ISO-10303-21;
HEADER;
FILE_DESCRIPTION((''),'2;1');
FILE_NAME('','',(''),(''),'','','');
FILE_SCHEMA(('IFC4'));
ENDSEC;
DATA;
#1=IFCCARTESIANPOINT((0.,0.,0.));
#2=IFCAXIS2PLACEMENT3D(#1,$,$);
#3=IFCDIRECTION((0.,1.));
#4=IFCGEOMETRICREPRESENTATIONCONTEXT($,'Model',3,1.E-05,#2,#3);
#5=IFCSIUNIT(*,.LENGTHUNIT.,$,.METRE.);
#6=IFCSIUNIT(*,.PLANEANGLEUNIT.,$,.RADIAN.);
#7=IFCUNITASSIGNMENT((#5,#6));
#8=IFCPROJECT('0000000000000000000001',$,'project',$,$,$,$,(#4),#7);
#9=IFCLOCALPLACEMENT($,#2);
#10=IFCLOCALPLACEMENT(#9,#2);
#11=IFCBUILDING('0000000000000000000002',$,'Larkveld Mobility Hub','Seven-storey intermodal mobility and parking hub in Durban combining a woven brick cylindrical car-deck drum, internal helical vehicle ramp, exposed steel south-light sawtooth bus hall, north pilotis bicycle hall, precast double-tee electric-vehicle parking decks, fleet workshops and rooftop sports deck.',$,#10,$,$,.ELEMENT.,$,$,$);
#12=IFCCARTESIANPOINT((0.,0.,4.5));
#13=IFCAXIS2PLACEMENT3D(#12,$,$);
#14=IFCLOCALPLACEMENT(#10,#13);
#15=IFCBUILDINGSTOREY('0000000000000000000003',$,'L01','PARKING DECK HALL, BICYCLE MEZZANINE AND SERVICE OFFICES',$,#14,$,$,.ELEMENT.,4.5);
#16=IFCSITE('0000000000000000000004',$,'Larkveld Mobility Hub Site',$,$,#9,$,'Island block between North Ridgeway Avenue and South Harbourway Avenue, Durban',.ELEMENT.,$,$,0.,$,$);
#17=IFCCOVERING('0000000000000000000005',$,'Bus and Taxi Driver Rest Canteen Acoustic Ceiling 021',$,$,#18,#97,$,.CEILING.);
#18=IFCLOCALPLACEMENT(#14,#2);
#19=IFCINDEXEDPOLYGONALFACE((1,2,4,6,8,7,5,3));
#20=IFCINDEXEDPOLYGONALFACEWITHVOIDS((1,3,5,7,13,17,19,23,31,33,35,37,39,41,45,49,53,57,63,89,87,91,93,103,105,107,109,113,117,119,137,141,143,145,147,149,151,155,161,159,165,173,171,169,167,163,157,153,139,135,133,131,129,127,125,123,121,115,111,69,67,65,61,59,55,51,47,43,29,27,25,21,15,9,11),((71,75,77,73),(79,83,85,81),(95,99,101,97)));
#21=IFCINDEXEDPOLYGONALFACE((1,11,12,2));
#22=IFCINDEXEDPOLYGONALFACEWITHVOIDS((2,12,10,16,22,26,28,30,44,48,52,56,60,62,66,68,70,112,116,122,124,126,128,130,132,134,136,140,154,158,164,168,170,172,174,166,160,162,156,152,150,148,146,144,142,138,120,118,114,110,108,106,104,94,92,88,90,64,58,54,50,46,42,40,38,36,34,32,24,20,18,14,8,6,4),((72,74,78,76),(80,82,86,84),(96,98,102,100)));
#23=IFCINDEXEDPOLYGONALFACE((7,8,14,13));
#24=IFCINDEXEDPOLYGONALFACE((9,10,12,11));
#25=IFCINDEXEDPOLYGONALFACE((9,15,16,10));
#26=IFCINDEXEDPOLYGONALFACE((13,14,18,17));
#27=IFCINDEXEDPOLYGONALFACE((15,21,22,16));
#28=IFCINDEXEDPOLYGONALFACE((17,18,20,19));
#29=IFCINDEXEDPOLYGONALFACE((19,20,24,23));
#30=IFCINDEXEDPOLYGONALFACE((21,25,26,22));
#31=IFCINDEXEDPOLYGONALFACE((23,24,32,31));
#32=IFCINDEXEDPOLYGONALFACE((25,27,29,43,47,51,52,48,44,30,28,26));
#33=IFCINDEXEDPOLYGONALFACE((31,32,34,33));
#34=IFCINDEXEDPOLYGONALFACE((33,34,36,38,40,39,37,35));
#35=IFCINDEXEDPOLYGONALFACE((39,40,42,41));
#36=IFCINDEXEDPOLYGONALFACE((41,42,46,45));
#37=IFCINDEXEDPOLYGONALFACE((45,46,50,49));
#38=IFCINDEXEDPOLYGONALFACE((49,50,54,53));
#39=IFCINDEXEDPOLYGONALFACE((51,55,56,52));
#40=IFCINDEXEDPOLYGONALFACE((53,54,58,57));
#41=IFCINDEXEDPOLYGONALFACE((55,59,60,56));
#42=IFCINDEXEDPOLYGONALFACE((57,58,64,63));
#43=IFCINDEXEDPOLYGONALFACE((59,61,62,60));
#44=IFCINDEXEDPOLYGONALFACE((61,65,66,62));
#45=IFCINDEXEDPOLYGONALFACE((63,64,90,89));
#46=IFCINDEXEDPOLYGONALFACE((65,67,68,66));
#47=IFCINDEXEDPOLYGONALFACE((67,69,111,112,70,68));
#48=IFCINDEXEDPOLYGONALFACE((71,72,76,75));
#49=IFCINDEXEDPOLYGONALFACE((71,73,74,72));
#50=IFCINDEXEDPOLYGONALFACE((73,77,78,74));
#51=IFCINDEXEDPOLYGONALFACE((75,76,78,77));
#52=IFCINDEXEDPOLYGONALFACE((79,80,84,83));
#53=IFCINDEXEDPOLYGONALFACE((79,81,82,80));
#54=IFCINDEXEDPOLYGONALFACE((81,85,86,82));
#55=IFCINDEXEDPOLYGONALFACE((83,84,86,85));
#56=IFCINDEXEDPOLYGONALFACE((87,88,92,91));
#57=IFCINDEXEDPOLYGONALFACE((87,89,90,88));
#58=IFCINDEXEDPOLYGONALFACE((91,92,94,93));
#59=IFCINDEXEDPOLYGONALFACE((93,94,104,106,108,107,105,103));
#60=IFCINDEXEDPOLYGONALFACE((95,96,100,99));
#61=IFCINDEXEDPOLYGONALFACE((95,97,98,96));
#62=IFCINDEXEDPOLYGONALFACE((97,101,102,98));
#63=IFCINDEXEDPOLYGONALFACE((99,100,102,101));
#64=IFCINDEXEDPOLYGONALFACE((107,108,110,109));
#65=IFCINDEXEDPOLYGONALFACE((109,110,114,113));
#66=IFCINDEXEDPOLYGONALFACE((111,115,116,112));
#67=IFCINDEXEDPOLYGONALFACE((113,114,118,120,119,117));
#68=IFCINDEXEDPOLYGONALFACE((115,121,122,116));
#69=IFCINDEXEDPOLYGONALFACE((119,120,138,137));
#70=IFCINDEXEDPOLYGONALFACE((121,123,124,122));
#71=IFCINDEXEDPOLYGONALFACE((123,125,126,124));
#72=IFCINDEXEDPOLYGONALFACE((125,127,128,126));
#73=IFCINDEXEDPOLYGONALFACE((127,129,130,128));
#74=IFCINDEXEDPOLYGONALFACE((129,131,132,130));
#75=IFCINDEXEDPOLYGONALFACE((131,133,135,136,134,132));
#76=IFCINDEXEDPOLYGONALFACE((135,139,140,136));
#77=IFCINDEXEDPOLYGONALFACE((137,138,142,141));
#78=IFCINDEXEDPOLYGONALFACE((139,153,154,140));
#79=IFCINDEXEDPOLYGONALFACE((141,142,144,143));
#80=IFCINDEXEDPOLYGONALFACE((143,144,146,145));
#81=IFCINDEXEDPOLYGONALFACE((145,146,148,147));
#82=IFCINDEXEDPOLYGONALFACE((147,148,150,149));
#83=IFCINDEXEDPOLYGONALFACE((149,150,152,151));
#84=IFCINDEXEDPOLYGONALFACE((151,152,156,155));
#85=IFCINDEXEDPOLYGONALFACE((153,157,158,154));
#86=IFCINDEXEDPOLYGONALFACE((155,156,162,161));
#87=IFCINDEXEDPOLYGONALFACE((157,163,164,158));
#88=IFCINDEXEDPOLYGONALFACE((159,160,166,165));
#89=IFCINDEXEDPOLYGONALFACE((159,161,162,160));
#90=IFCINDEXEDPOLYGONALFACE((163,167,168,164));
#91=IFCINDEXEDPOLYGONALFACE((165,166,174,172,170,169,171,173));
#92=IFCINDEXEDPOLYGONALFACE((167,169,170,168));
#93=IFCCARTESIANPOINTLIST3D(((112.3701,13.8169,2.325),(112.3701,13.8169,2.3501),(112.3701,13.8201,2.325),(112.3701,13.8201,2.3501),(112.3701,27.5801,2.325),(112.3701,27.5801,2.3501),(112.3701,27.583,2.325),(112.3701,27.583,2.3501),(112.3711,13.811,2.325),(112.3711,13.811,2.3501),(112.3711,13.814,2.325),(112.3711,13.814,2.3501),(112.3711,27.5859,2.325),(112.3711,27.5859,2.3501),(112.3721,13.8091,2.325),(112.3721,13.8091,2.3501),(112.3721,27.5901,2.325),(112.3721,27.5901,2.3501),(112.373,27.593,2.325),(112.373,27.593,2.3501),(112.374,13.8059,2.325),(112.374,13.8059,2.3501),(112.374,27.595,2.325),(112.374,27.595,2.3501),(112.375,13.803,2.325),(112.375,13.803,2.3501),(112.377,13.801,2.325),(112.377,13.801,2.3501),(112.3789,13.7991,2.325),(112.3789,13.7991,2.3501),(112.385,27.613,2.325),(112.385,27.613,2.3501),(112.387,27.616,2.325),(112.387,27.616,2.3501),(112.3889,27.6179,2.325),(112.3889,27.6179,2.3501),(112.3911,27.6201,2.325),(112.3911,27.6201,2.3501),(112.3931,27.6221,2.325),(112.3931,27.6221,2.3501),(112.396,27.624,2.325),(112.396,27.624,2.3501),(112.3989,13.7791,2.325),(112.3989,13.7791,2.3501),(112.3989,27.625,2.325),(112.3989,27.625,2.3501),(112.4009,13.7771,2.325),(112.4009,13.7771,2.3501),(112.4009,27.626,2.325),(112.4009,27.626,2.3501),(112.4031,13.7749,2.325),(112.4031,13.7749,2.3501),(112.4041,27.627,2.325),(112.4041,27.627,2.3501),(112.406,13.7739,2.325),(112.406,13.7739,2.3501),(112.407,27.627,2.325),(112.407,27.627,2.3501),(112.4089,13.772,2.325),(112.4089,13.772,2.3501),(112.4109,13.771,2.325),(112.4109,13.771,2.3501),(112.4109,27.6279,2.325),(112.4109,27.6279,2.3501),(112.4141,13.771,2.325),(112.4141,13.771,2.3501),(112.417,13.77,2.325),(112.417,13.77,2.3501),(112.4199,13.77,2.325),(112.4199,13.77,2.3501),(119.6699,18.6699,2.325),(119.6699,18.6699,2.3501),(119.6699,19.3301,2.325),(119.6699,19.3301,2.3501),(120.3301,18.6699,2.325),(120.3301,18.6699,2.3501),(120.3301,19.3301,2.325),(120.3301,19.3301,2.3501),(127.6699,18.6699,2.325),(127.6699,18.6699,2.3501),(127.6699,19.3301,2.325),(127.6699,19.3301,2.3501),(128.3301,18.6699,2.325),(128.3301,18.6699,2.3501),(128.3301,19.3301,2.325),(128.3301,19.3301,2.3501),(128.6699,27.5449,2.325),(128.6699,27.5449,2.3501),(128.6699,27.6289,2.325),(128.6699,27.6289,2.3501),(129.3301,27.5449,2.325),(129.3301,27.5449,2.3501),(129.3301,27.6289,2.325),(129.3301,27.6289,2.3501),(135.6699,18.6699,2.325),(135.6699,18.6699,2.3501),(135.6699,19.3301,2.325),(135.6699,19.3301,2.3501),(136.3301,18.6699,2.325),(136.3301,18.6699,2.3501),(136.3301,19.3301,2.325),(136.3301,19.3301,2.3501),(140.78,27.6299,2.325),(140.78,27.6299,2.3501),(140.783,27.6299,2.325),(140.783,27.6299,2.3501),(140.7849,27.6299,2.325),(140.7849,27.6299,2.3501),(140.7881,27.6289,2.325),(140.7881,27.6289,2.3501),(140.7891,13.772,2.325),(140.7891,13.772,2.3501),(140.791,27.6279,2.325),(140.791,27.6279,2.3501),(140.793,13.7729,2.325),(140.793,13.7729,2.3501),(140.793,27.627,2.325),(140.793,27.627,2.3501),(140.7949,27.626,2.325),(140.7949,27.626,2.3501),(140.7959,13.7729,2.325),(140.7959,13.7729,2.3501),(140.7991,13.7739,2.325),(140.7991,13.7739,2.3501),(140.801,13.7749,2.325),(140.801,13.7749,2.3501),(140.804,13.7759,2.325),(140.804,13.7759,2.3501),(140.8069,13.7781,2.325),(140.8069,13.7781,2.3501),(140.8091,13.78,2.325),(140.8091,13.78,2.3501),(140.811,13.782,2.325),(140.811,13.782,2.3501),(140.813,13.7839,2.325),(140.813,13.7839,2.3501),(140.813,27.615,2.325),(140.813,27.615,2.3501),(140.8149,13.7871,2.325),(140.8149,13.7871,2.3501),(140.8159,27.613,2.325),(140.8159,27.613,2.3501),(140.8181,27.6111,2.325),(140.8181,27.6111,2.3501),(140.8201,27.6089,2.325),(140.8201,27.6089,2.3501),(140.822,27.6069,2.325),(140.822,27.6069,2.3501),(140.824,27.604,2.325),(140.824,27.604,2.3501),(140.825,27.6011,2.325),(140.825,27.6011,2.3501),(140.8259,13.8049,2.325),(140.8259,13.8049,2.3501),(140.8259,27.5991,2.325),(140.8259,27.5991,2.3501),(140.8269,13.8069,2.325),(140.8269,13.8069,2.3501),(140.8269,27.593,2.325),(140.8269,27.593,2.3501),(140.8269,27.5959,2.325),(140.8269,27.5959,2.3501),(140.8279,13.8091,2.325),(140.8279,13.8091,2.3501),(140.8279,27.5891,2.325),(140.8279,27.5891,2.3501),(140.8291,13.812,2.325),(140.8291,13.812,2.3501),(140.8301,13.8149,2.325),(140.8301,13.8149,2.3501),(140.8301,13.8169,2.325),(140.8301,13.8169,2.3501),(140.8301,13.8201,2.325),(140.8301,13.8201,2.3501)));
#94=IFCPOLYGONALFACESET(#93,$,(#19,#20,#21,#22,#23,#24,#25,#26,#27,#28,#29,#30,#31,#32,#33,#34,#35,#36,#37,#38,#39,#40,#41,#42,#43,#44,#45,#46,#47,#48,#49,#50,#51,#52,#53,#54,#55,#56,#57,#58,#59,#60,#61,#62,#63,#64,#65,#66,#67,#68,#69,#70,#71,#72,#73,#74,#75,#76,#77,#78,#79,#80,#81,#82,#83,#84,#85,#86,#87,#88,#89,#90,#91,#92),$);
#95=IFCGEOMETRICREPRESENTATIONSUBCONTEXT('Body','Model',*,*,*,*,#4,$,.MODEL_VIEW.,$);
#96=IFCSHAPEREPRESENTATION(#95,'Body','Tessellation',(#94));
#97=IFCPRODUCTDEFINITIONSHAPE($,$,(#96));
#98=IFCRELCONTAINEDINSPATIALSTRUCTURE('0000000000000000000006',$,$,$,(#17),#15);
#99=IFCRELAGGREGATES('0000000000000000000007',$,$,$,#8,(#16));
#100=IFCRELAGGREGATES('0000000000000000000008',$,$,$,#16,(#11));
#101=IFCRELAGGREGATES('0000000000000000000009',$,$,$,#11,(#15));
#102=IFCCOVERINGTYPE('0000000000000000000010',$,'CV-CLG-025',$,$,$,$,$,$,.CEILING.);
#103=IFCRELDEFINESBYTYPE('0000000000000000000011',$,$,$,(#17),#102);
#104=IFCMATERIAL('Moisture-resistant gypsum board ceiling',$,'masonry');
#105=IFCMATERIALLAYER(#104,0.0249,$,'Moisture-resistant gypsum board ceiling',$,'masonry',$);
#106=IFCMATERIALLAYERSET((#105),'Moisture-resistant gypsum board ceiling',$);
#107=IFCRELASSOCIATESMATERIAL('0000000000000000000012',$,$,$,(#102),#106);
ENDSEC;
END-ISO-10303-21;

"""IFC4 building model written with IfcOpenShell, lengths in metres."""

from ifc_helpers import new_model, si_unit, direction, frame, origin, place, context, subcontext, project, spatial, polyline, outline, extrude, material, layer, layer_set, type_object, element, save


model = new_model("IFC4")

# Units and contexts
model_context = context("Model", 3, precision=1e-05, world=origin(), true_north=direction((0.0, 1.0)))
body_context = subcontext(model_context, "Body", "Model", "MODEL_VIEW")
ifc_project = project(units=[si_unit("LENGTHUNIT", "METRE"), si_unit("PLANEANGLEUNIT", "RADIAN")], contexts=[model_context])

# Site, building, storey
site_placement = place(None, origin())
site = spatial("IfcSite", under=ifc_project, at=site_placement, Name="Larkveld Mobility Hub Site", LongName="Island block between North Ridgeway Avenue and South Harbourway Avenue, Durban", CompositionType="ELEMENT", RefElevation=0.0)
building_placement = place(site_placement, origin())
building = spatial("IfcBuilding", under=site, at=building_placement, Name="Larkveld Mobility Hub", Description="Seven-storey intermodal mobility and parking hub in Durban combining a woven brick cylindrical car-deck drum, internal helical vehicle ramp, exposed steel south-light sawtooth bus hall, north pilotis bicycle hall, precast double-tee electric-vehicle parking decks, fleet workshops and rooftop sports deck.", CompositionType="ELEMENT")
storey_placement = place(building_placement, frame((0.0, 0.0, 4.5)))
storey = spatial("IfcBuildingStorey", under=building, at=storey_placement, Name="L01", Description="PARKING DECK HALL, BICYCLE MEZZANINE AND SERVICE OFFICES", CompositionType="ELEMENT", Elevation=4.5)

# Covering
ifc_material_1 = material(Name="Moisture-resistant gypsum board ceiling", Category="masonry")
ifc_layer_1 = layer(ifc_material_1, 0.0249, Name="Moisture-resistant gypsum board ceiling", Category="masonry")
ifc_layer_set_1 = layer_set([ifc_layer_1], Name="Moisture-resistant gypsum board ceiling")
covering_type_1 = type_object("IfcCoveringType", Name="CV-CLG-025", PredefinedType="CEILING", material=ifc_layer_set_1)
covering_1_placement = place(storey_placement, frame((0.0, 0.0, 2.325)))
element("IfcCovering", 1, at=covering_1_placement, inside=storey, type_object=covering_type_1, Name="Bus and Taxi Driver Rest Canteen Acoustic Ceiling 021", PredefinedType="CEILING", context=body_context, shape_type="SweptSolid", body=[
    extrude(outline(polyline([(112.417, 13.77), (112.4141, 13.771), (112.4109, 13.771), (112.4089, 13.772), (112.406, 13.7739), (112.4031, 13.7749), (112.4009, 13.7771), (112.3989, 13.7791), (112.3789, 13.7991), (112.377, 13.801), (112.375, 13.803), (112.374, 13.8059), (112.3721, 13.8091), (112.3711, 13.811), (112.3711, 13.814), (112.3701, 13.8169), (112.3701, 13.8201), (112.3701, 27.5801), (112.3701, 27.583), (112.3711, 27.5859), (112.3721, 27.5901), (112.373, 27.593), (112.374, 27.595), (112.385, 27.613), (112.387, 27.616), (112.3889, 27.6179), (112.3911, 27.6201), (112.3931, 27.6221), (112.396, 27.624), (112.3989, 27.625), (112.4009, 27.626), (112.4041, 27.627), (112.407, 27.627), (112.4109, 27.6279), (128.6699, 27.6289), (128.6699, 27.5449), (129.3301, 27.5449), (129.3301, 27.6289), (140.78, 27.6299), (140.783, 27.6299), (140.7849, 27.6299), (140.7881, 27.6289), (140.791, 27.6279), (140.793, 27.627), (140.7949, 27.626), (140.813, 27.615), (140.8159, 27.613), (140.8181, 27.6111), (140.8201, 27.6089), (140.822, 27.6069), (140.824, 27.604), (140.825, 27.6011), (140.8259, 27.5991), (140.8269, 27.5959), (140.8269, 27.593), (140.8279, 27.5891), (140.8301, 13.8201), (140.8301, 13.8169), (140.8301, 13.8149), (140.8291, 13.812), (140.8279, 13.8091), (140.8269, 13.8069), (140.8259, 13.8049), (140.8149, 13.7871), (140.813, 13.7839), (140.811, 13.782), (140.8091, 13.78), (140.8069, 13.7781), (140.804, 13.7759), (140.801, 13.7749), (140.7991, 13.7739), (140.7959, 13.7729), (140.793, 13.7729), (140.7891, 13.772), (112.4199, 13.77), (112.417, 13.77)]), holes=[polyline([(119.6699, 19.3301), (119.6699, 18.6699), (120.3301, 18.6699), (120.3301, 19.3301), (119.6699, 19.3301)]), polyline([(127.6699, 19.3301), (127.6699, 18.6699), (128.3301, 18.6699), (128.3301, 19.3301), (127.6699, 19.3301)]), polyline([(135.6699, 19.3301), (135.6699, 18.6699), (136.3301, 18.6699), (136.3301, 19.3301), (135.6699, 19.3301)])]), origin(), (0.0, 0.0, 1.0), 0.0251),
])

save(model, "model.ifc")
